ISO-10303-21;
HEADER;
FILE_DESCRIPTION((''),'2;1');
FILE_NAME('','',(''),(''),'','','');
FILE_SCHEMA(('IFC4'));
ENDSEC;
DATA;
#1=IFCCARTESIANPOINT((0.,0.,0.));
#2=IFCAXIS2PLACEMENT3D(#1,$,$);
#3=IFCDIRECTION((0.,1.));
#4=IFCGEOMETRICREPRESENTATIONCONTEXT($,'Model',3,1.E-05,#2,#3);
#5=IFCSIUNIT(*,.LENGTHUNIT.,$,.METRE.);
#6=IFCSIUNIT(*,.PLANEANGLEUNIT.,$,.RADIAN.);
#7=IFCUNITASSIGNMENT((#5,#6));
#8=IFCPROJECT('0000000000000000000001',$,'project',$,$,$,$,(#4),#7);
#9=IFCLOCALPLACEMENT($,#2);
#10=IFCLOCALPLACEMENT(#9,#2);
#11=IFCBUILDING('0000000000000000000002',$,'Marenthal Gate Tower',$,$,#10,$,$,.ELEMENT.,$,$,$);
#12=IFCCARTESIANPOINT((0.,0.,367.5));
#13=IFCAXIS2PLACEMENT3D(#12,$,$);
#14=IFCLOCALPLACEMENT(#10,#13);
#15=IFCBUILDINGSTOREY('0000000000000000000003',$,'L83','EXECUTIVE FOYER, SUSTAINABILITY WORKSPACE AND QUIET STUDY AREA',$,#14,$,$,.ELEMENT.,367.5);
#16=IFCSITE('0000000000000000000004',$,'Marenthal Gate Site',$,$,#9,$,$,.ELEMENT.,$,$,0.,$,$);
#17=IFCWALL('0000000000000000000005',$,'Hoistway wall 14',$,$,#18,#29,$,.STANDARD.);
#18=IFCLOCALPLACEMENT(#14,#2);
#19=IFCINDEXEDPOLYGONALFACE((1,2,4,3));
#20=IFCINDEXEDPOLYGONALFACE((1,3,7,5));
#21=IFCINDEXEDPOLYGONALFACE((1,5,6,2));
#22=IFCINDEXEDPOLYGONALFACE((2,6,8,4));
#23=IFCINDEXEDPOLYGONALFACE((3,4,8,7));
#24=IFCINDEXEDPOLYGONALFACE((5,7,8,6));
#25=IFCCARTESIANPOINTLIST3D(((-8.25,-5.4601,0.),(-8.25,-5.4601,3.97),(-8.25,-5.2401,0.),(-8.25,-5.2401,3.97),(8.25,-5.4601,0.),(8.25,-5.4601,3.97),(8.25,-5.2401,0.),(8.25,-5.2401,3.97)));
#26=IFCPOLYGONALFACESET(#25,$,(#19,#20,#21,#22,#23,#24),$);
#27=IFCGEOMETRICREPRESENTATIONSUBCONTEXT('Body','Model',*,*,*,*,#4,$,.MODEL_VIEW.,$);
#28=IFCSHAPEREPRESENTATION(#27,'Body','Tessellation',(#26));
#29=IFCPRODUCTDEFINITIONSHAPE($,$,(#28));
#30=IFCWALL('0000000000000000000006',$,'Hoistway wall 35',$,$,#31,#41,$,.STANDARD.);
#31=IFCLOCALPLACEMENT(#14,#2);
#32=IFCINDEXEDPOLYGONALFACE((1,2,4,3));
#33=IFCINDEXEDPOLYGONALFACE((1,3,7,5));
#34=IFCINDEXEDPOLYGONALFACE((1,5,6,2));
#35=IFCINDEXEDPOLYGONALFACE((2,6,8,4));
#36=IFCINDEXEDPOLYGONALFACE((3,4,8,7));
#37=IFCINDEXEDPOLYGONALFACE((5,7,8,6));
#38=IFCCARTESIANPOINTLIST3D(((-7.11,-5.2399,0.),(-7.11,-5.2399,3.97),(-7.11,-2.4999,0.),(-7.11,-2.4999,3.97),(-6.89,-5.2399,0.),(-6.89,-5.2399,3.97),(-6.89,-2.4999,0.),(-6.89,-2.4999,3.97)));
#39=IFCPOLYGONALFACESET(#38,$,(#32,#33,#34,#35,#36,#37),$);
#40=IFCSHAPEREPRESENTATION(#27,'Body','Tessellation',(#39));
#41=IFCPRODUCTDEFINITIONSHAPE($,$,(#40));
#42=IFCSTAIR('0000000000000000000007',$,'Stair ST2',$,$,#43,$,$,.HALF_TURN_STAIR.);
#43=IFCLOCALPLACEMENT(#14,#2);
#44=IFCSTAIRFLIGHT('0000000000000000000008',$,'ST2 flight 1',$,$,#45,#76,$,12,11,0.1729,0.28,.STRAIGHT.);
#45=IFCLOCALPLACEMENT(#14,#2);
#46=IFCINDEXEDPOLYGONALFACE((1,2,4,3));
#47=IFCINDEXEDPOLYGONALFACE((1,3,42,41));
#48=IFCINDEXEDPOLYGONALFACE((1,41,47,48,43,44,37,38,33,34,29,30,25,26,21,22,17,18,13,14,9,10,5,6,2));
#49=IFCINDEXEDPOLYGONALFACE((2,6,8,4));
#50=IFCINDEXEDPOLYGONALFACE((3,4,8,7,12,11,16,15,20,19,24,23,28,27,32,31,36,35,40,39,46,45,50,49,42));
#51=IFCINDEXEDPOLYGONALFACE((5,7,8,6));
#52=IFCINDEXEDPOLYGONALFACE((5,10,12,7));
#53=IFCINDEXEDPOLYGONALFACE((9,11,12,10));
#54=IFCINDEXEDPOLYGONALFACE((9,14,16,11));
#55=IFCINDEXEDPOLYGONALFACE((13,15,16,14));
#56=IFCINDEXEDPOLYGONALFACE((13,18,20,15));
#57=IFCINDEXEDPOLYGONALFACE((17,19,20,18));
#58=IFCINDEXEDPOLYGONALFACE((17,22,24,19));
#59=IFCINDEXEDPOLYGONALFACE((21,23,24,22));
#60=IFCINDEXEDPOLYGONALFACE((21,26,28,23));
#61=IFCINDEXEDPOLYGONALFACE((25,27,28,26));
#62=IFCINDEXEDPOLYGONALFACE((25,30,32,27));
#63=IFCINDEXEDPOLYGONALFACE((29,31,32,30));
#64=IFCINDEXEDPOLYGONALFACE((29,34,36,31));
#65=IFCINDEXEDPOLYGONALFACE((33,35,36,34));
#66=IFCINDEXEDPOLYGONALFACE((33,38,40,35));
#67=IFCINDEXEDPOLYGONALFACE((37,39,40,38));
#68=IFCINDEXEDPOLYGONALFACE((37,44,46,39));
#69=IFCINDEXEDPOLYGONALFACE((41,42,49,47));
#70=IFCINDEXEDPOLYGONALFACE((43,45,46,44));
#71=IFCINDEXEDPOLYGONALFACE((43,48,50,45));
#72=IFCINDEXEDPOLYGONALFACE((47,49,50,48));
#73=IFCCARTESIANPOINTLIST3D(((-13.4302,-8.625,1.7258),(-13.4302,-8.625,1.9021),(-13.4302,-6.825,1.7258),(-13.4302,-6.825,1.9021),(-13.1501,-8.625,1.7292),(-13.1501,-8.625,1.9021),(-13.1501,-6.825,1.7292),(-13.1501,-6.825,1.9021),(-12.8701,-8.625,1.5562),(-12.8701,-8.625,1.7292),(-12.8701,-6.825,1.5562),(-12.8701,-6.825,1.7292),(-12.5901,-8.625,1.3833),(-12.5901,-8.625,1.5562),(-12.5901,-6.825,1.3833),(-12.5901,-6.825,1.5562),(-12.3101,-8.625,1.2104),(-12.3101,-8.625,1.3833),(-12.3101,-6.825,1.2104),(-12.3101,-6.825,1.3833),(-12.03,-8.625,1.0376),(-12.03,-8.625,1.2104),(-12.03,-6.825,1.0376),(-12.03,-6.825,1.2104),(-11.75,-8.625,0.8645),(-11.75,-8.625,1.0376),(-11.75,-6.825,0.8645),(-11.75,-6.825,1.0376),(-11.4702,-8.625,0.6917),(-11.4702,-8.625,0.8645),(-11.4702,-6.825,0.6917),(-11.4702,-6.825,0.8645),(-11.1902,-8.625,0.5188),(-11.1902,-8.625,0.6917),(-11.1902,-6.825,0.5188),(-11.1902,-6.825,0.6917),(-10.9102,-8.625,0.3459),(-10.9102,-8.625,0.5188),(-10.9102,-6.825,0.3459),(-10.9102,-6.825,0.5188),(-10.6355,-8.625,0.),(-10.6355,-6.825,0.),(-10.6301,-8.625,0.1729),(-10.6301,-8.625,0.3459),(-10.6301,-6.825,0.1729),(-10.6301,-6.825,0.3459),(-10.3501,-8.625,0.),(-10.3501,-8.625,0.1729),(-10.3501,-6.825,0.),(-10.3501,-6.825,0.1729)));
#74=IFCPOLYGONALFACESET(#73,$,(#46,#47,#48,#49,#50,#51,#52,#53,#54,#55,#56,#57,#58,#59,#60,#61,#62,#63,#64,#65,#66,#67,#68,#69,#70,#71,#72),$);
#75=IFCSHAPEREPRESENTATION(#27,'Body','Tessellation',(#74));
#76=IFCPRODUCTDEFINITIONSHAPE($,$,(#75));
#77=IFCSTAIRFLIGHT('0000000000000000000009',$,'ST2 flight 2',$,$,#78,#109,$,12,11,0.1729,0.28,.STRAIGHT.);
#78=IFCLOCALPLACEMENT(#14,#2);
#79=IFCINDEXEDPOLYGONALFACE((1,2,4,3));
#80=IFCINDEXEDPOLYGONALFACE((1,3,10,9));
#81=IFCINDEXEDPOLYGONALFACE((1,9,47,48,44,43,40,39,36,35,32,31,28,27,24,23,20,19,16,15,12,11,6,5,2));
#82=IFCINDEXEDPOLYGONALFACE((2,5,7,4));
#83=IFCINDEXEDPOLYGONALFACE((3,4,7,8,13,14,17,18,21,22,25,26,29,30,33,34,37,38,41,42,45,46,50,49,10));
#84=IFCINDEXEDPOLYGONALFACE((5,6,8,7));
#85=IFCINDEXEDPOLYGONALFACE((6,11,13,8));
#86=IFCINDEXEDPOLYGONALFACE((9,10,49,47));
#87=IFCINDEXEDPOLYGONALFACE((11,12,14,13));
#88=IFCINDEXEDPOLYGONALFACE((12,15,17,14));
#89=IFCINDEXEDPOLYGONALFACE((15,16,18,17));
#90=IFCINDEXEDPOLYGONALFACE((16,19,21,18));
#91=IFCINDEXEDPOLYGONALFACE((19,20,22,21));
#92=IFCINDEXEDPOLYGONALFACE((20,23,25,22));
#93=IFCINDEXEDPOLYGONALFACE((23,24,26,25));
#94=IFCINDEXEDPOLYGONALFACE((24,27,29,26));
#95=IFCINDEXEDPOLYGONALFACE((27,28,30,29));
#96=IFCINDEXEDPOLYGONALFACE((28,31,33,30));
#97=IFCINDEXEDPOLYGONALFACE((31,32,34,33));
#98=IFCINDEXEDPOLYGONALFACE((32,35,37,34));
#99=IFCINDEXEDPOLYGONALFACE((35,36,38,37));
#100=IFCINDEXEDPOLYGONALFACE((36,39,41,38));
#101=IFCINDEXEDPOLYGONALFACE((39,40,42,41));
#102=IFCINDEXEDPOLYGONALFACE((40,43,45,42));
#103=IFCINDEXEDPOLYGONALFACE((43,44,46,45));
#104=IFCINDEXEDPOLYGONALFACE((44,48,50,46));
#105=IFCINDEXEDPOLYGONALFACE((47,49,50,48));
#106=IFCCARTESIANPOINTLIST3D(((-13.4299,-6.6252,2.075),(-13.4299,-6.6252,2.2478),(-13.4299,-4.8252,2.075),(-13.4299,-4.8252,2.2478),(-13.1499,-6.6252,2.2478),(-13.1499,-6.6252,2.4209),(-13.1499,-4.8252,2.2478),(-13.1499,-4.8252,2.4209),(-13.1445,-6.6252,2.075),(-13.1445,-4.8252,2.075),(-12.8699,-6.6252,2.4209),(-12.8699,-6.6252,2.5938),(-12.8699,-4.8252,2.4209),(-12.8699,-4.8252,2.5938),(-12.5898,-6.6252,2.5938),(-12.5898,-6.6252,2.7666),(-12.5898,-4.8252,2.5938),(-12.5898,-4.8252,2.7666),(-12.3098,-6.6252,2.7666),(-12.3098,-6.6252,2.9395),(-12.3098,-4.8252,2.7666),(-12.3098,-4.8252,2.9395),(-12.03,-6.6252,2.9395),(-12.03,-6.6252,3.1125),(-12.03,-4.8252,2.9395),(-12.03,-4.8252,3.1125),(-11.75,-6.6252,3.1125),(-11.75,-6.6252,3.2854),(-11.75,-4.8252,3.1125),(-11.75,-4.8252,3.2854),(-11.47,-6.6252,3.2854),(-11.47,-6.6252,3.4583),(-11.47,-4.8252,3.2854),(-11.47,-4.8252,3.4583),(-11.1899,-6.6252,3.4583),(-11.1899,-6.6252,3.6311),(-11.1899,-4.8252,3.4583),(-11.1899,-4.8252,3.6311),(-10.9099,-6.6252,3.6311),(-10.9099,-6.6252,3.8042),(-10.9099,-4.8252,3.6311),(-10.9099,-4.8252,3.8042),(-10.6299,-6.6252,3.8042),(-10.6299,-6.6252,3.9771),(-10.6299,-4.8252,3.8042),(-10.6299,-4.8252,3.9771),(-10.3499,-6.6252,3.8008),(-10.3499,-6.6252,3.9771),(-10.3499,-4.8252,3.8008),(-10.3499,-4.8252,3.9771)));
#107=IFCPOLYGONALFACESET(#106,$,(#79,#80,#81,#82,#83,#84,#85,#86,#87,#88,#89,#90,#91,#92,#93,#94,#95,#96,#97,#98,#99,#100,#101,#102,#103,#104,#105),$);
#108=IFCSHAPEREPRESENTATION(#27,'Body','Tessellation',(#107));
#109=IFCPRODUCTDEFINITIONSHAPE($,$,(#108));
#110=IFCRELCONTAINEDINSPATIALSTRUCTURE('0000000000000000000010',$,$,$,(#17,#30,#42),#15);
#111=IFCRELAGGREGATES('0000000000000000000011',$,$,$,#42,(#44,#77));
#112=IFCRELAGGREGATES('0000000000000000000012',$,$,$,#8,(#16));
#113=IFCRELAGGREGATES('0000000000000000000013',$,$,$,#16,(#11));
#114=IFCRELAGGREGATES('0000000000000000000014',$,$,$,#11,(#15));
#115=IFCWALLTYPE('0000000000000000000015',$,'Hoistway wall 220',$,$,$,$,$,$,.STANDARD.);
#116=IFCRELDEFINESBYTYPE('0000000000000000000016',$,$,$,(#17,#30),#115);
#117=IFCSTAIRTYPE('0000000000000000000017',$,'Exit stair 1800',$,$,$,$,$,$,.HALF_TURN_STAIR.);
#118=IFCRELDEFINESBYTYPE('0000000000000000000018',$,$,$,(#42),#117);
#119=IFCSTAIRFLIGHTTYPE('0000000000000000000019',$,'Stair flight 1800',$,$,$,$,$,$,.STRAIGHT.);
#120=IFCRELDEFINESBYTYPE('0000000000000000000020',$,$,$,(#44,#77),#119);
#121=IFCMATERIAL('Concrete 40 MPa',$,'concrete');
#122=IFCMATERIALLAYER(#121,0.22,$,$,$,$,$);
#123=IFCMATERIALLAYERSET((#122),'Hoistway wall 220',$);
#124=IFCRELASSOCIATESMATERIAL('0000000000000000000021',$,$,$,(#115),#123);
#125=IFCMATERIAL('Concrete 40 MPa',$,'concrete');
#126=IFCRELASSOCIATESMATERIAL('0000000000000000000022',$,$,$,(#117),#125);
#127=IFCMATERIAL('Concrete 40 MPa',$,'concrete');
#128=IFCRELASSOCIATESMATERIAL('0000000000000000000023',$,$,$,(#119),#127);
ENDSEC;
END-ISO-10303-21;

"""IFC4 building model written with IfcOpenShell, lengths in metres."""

from ifc_helpers import new_model, si_unit, direction, frame, frame_2d, origin, place, context, subcontext, project, spatial, polyline, rectangle, outline, extrude, material, layer, layer_set, type_object, element, aggregate, save


model = new_model("IFC4")

# Units and contexts
model_context = context("Model", 3, precision=1e-05, world=origin(), true_north=direction((0.0, 1.0)))
body_context = subcontext(model_context, "Body", "Model", "MODEL_VIEW")
ifc_project = project(units=[si_unit("LENGTHUNIT", "METRE"), si_unit("PLANEANGLEUNIT", "RADIAN")], contexts=[model_context])

# Site, building, storey
site_placement = place(None, origin())
site = spatial("IfcSite", under=ifc_project, at=site_placement, Name="Marenthal Gate Site", CompositionType="ELEMENT", RefElevation=0.0)
building_placement = place(site_placement, origin())
building = spatial("IfcBuilding", under=site, at=building_placement, Name="Marenthal Gate Tower", CompositionType="ELEMENT")
storey_placement = place(building_placement, frame((0.0, 0.0, 367.5)))
storey = spatial("IfcBuildingStorey", under=building, at=storey_placement, Name="L83", Description="EXECUTIVE FOYER, SUSTAINABILITY WORKSPACE AND QUIET STUDY AREA", CompositionType="ELEMENT", Elevation=367.5)

# Shared definitions
ifc_material_1 = material(Name="Concrete 40 MPa", Category="concrete")
ifc_layer_1 = layer(ifc_material_1, 0.22)
ifc_layer_set_1 = layer_set([ifc_layer_1], Name="Hoistway wall 220")
wall_type_1 = type_object("IfcWallType", Name="Hoistway wall 220", PredefinedType="STANDARD", material=ifc_layer_set_1)

# Walls
wall_1_placement = place(storey_placement, frame((-8.25, -5.3501, 0.0), z_axis=(0.0, 0.0, 1.0), x_axis=(1.0, 0.0, 0.0)))
element("IfcWall", 1, at=wall_1_placement, inside=storey, type_object=wall_type_1, Name="Hoistway wall 14", PredefinedType="STANDARD", context=body_context, shape_type="SweptSolid", body=[
    extrude(rectangle(XDim=16.5, YDim=0.22, at=frame_2d((8.25, 0.0))), origin(), (0.0, 0.0, 1.0), 3.97),
])
wall_2_placement = place(storey_placement, frame((-7.0, -5.24, 0.0), z_axis=(0.0, 0.0, 1.0), x_axis=(0.0, 1.0, 0.0)))
element("IfcWall", 2, at=wall_2_placement, inside=storey, type_object=wall_type_1, Name="Hoistway wall 35", PredefinedType="STANDARD", context=body_context, shape_type="SweptSolid", body=[
    extrude(rectangle(XDim=2.74, YDim=0.22, at=frame_2d((1.3701, 0.0))), origin(), (0.0, 0.0, 1.0), 3.97),
])

# Stair, stair flights
ifc_material_2 = material(Name="Concrete 40 MPa", Category="concrete")
stair_type = type_object("IfcStairType", Name="Exit stair 1800", PredefinedType="HALF_TURN_STAIR", material=ifc_material_2)
stair_placement = place(storey_placement, origin())
stair = element("IfcStair", 3, at=stair_placement, inside=storey, type_object=stair_type, Name="Stair ST2", PredefinedType="HALF_TURN_STAIR")
ifc_material_3 = material(Name="Concrete 40 MPa", Category="concrete")
stair_flight_type = type_object("IfcStairFlightType", Name="Stair flight 1800", PredefinedType="STRAIGHT", material=ifc_material_3)
stair_flight_1_placement = place(storey_placement, frame((-10.3501, -7.7251, 0.0), z_axis=(0.0, 0.0, 1.0), x_axis=(-1.0, 0.0, 0.0)))
stair_flight_1 = element("IfcStairFlight", 4, at=stair_flight_1_placement, type_object=stair_flight_type, Name="ST2 flight 1", NumberOfRisers=12, NumberOfTreads=11, PredefinedType="STRAIGHT", RiserHeight=0.1729, TreadLength=0.28, context=body_context, shape_type="SweptSolid", body=[
    extrude(outline(polyline([(0.0, 0.0), (0.0, 0.1729), (0.28, 0.1729), (0.28, 0.3459), (0.5601, 0.3459), (0.5601, 0.5188), (0.8401, 0.5188), (0.8401, 0.6917), (1.1201, 0.6917), (1.1201, 0.8645), (1.3999, 0.8645), (1.3999, 1.0376), (1.6799, 1.0376), (1.6799, 1.2104), (1.96, 1.2104), (1.96, 1.3833), (2.24, 1.3833), (2.24, 1.5562), (2.52, 1.5562), (2.52, 1.7292), (2.8, 1.7292), (2.8, 1.9021), (3.0801, 1.9021), (3.0801, 2.075), (3.0801, 1.7258), (0.2854, 0.0), (0.0, 0.0)])), frame((0.0, 0.8999, 0.0), z_axis=(0.0, -1.0, 0.0), x_axis=(1.0, 0.0, 0.0)), (0.0, 0.0, 1.0), 1.8),
])
stair_flight_2_placement = place(storey_placement, frame((-13.4299, -5.7251, 2.075), z_axis=(0.0, 0.0, 1.0), x_axis=(1.0, 0.0, 0.0)))
stair_flight_2 = element("IfcStairFlight", 5, at=stair_flight_2_placement, type_object=stair_flight_type, Name="ST2 flight 2", NumberOfRisers=12, NumberOfTreads=11, PredefinedType="STRAIGHT", RiserHeight=0.1729, TreadLength=0.28, context=body_context, shape_type="SweptSolid", body=[
    extrude(outline(polyline([(0.0, 0.0), (0.0, 0.1729), (0.28, 0.1729), (0.28, 0.3459), (0.5601, 0.3459), (0.5601, 0.5188), (0.8401, 0.5188), (0.8401, 0.6917), (1.1201, 0.6917), (1.1201, 0.8645), (1.3999, 0.8645), (1.3999, 1.0376), (1.6799, 1.0376), (1.6799, 1.2104), (1.96, 1.2104), (1.96, 1.3833), (2.24, 1.3833), (2.24, 1.5562), (2.52, 1.5562), (2.52, 1.7292), (2.8, 1.7292), (2.8, 1.9021), (3.0801, 1.9021), (3.0801, 2.075), (3.0801, 1.7258), (0.2854, 0.0), (0.0, 0.0)])), frame((0.0, 0.8999, 0.0), z_axis=(0.0, -1.0, 0.0), x_axis=(1.0, 0.0, 0.0)), (0.0, 0.0, 1.0), 1.8),
])
aggregate(stair, [stair_flight_1, stair_flight_2])

save(model, "model.ifc")
